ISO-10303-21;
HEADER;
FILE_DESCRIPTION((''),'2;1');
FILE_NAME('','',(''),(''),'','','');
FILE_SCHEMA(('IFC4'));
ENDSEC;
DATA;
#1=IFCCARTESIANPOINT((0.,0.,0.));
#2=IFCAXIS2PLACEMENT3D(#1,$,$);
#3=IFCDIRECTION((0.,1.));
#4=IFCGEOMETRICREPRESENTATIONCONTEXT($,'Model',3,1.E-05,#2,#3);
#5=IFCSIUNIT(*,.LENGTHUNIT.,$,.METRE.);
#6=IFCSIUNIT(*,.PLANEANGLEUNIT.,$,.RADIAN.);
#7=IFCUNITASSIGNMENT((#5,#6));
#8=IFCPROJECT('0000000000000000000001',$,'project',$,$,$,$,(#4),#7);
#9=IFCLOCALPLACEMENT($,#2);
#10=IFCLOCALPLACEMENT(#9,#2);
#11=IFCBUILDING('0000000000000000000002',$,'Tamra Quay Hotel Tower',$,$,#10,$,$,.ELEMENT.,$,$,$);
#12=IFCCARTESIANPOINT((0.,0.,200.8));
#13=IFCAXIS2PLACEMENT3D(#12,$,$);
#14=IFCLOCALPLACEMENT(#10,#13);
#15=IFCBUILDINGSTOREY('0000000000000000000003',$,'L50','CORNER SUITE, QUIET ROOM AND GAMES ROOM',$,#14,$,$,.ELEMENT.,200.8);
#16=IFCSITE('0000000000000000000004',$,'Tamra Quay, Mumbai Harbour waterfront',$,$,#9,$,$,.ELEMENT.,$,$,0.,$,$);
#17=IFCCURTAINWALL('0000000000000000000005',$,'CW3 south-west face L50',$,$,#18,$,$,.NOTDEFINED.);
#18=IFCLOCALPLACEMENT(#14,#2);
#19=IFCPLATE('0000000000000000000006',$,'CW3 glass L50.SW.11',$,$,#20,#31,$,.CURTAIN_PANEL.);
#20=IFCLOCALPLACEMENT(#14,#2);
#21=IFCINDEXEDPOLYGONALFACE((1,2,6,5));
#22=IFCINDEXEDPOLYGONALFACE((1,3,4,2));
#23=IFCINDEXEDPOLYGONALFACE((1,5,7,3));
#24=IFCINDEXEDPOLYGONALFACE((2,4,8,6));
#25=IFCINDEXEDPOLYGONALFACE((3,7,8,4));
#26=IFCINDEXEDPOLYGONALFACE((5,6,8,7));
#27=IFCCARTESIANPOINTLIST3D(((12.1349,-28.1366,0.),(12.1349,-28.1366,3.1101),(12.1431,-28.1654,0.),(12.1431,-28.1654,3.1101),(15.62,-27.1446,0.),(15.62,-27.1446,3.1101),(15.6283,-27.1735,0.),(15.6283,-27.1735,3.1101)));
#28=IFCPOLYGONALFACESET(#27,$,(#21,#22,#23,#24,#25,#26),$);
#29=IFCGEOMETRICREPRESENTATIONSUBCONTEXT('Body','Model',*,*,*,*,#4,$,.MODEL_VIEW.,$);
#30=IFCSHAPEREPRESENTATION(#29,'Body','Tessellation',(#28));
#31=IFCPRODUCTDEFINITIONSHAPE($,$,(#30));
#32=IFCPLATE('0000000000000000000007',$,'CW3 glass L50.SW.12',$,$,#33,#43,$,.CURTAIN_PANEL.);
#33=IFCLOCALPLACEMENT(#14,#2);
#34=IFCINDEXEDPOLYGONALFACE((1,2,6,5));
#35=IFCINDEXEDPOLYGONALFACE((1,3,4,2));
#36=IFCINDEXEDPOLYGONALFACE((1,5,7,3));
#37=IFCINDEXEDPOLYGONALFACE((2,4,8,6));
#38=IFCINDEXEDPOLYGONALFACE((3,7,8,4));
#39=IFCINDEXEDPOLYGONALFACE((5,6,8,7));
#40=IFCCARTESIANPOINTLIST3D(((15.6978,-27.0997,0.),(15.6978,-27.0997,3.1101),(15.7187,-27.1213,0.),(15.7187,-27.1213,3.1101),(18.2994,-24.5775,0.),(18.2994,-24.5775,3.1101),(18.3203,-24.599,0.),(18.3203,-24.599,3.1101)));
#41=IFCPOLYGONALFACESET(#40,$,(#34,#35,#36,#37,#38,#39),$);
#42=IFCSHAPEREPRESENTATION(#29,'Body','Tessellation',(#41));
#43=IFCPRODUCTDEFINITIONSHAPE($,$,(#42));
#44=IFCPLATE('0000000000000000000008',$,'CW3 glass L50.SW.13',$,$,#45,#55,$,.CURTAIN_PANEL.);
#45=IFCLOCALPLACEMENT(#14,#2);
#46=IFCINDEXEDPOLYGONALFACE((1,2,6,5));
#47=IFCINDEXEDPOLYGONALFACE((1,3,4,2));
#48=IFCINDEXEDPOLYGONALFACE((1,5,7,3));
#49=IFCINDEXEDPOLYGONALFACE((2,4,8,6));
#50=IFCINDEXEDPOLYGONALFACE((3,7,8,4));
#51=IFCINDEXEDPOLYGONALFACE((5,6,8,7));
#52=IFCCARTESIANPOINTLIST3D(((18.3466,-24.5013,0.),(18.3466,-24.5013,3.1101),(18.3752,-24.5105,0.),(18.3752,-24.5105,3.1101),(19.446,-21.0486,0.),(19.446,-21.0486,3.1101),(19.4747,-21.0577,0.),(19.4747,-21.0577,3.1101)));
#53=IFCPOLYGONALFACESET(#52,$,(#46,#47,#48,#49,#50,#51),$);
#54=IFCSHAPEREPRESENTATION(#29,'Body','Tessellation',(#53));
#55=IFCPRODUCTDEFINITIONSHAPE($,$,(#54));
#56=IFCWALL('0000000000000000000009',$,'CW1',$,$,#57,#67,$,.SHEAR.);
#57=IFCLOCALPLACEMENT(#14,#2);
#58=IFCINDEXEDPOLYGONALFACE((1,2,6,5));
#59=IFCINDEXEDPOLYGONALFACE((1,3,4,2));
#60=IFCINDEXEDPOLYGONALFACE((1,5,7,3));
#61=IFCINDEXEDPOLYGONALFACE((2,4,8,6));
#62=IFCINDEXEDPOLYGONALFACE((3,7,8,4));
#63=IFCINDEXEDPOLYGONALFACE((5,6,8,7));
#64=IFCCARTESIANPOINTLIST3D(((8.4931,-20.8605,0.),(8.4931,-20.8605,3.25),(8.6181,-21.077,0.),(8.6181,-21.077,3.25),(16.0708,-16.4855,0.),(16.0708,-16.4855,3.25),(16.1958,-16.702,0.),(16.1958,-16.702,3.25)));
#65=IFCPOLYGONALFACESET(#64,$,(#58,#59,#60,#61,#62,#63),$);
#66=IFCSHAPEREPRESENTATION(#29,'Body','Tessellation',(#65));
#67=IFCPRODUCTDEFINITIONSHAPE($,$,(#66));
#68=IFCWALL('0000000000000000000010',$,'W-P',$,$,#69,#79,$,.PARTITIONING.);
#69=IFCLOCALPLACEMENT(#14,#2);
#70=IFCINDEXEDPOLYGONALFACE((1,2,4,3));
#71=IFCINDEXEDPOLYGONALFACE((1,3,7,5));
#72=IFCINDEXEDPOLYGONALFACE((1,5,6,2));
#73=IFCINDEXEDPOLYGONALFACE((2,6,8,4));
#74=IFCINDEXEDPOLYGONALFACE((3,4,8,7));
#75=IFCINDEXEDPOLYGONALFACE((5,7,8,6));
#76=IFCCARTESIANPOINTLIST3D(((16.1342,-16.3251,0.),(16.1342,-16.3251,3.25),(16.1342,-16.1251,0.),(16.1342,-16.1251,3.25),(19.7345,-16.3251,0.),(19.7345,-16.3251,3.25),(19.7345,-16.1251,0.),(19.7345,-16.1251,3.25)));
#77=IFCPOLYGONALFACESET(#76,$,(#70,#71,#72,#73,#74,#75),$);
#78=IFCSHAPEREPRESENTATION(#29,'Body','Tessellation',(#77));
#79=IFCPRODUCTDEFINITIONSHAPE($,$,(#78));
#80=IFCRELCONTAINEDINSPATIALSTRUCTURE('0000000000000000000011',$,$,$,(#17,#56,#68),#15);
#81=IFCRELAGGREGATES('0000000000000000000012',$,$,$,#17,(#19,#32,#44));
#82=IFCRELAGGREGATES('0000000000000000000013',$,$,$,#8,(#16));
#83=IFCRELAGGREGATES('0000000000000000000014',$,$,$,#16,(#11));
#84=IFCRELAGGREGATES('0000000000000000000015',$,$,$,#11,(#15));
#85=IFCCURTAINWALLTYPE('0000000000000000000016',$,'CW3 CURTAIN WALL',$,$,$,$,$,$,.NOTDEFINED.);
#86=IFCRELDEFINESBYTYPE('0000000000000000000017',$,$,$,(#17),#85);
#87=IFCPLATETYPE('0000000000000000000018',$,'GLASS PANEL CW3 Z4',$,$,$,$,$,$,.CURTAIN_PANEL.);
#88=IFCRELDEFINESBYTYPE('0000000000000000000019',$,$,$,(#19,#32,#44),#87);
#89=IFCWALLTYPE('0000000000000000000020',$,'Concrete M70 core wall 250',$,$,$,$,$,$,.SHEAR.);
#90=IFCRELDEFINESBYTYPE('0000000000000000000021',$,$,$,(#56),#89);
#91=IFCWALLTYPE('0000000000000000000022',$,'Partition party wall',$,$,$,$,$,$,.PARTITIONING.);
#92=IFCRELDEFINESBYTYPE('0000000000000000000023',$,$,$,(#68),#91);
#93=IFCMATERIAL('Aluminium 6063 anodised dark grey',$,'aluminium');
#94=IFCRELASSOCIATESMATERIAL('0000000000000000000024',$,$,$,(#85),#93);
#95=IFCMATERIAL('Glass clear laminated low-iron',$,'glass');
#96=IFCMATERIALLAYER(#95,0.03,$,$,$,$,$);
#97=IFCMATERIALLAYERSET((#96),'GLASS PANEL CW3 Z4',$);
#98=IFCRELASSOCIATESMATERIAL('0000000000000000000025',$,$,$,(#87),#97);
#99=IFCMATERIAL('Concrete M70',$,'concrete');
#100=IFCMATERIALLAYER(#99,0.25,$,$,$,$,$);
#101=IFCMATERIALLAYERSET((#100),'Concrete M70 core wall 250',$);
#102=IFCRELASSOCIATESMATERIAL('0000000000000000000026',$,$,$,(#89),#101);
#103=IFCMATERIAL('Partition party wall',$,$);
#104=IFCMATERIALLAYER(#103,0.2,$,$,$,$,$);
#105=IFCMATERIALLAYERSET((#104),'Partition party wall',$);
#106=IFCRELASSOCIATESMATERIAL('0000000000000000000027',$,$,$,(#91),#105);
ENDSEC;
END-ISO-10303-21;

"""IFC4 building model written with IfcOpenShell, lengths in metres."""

from ifc_helpers import new_model, si_unit, direction, frame, frame_2d, origin, origin_2d, place, context, subcontext, project, spatial, rectangle, extrude, material, layer, layer_set, type_object, element, aggregate, save


model = new_model("IFC4")

# Units and contexts
model_context = context("Model", 3, precision=1e-05, world=origin(), true_north=direction((0.0, 1.0)))
body_context = subcontext(model_context, "Body", "Model", "MODEL_VIEW")
ifc_project = project(units=[si_unit("LENGTHUNIT", "METRE"), si_unit("PLANEANGLEUNIT", "RADIAN")], contexts=[model_context])

# Site, building, storey
site_placement = place(None, origin())
site = spatial("IfcSite", under=ifc_project, at=site_placement, Name="Tamra Quay, Mumbai Harbour waterfront", CompositionType="ELEMENT", RefElevation=0.0)
building_placement = place(site_placement, origin())
building = spatial("IfcBuilding", under=site, at=building_placement, Name="Tamra Quay Hotel Tower", CompositionType="ELEMENT")
storey_placement = place(building_placement, frame((0.0, 0.0, 200.8)))
storey = spatial("IfcBuildingStorey", under=building, at=storey_placement, Name="L50", Description="CORNER SUITE, QUIET ROOM AND GAMES ROOM", CompositionType="ELEMENT", Elevation=200.8)

# Shared definitions
ifc_material_1 = material(Name="Concrete M70", Category="concrete")

# Shared definitions
ifc_material_2 = material(Name="Aluminium 6063 anodised dark grey", Category="aluminium")

# Curtain wall
curtain_wall_type_1 = type_object("IfcCurtainWallType", Name="CW3 CURTAIN WALL", PredefinedType="NOTDEFINED", material=ifc_material_2)
curtain_wall_1_placement = place(storey_placement, origin())
curtain_wall_1 = element("IfcCurtainWall", 1, at=curtain_wall_1_placement, inside=storey, type_object=curtain_wall_type_1, Name="CW3 south-west face L50", PredefinedType="NOTDEFINED")

# Plates
ifc_material_3 = material(Name="Glass clear laminated low-iron", Category="glass")
ifc_layer_1 = layer(ifc_material_3, 0.03)
ifc_layer_set_1 = layer_set([ifc_layer_1], Name="GLASS PANEL CW3 Z4")
plate_type_1 = type_object("IfcPlateType", Name="GLASS PANEL CW3 Z4", PredefinedType="CURTAIN_PANEL", material=ifc_layer_set_1)
plate_1_placement = place(storey_placement, frame((13.8816, -27.655, 0.0), z_axis=(0.0, 0.0, 1.0), x_axis=(0.961801, 0.27375, 0.0)))
plate_1 = element("IfcPlate", 2, at=plate_1_placement, type_object=plate_type_1, Name="CW3 glass L50.SW.11", PredefinedType="CURTAIN_PANEL", context=body_context, shape_type="SweptSolid", body=[
    extrude(rectangle(XDim=3.6235, YDim=0.03, at=origin_2d()), origin(), (0.0, 0.0, 1.0), 3.1101),
])
plate_2_placement = place(storey_placement, frame((17.009, -25.8494, 0.0), z_axis=(0.0, 0.0, 1.0), x_axis=(0.717975, 0.696069, 0.0)))
plate_2 = element("IfcPlate", 3, at=plate_2_placement, type_object=plate_type_1, Name="CW3 glass L50.SW.12", PredefinedType="CURTAIN_PANEL", context=body_context, shape_type="SweptSolid", body=[
    extrude(rectangle(XDim=3.6235, YDim=0.03, at=origin_2d()), origin(), (0.0, 0.0, 1.0), 3.1101),
])
plate_3_placement = place(storey_placement, frame((18.9106, -22.7795, 0.0), z_axis=(0.0, 0.0, 1.0), x_axis=(0.30341, 0.95286, 0.0)))
plate_3 = element("IfcPlate", 4, at=plate_3_placement, type_object=plate_type_1, Name="CW3 glass L50.SW.13", PredefinedType="CURTAIN_PANEL", context=body_context, shape_type="SweptSolid", body=[
    extrude(rectangle(XDim=3.6235, YDim=0.03, at=origin_2d()), origin(), (0.0, 0.0, 1.0), 3.1101),
])
aggregate(curtain_wall_1, [plate_1, plate_2, plate_3])

# Walls
ifc_layer_2 = layer(ifc_material_1, 0.25)
ifc_layer_set_2 = layer_set([ifc_layer_2], Name="Concrete M70 core wall 250")
wall_type_1 = type_object("IfcWallType", Name="Concrete M70 core wall 250", PredefinedType="SHEAR", material=ifc_layer_set_2)
wall_1_placement = place(storey_placement, frame((16.1333, -16.5938, 0.0), z_axis=(0.0, 0.0, 1.0), x_axis=(-0.866023, -0.500004, 0.0)))
element("IfcWall", 5, at=wall_1_placement, inside=storey, type_object=wall_type_1, Name="CW1", PredefinedType="SHEAR", context=body_context, shape_type="SweptSolid", body=[
    extrude(rectangle(XDim=8.75, YDim=0.25, at=frame_2d((4.375, 0.0))), origin(), (0.0, 0.0, 1.0), 3.25),
])
ifc_material_4 = material(Name="Partition party wall")
ifc_layer_3 = layer(ifc_material_4, 0.2)
ifc_layer_set_3 = layer_set([ifc_layer_3], Name="Partition party wall")
wall_type_2 = type_object("IfcWallType", Name="Partition party wall", PredefinedType="PARTITIONING", material=ifc_layer_set_3)
wall_2_placement = place(storey_placement, frame((16.134, -16.2251, 0.0), z_axis=(0.0, 0.0, 1.0), x_axis=(1.0, 0.0, 0.0)))
element("IfcWall", 6, at=wall_2_placement, inside=storey, type_object=wall_type_2, Name="W-P", PredefinedType="PARTITIONING", context=body_context, shape_type="SweptSolid", body=[
    extrude(rectangle(XDim=3.6003, YDim=0.2, at=frame_2d((1.8003, 0.0))), origin(), (0.0, 0.0, 1.0), 3.25),
])

save(model, "model.ifc")
